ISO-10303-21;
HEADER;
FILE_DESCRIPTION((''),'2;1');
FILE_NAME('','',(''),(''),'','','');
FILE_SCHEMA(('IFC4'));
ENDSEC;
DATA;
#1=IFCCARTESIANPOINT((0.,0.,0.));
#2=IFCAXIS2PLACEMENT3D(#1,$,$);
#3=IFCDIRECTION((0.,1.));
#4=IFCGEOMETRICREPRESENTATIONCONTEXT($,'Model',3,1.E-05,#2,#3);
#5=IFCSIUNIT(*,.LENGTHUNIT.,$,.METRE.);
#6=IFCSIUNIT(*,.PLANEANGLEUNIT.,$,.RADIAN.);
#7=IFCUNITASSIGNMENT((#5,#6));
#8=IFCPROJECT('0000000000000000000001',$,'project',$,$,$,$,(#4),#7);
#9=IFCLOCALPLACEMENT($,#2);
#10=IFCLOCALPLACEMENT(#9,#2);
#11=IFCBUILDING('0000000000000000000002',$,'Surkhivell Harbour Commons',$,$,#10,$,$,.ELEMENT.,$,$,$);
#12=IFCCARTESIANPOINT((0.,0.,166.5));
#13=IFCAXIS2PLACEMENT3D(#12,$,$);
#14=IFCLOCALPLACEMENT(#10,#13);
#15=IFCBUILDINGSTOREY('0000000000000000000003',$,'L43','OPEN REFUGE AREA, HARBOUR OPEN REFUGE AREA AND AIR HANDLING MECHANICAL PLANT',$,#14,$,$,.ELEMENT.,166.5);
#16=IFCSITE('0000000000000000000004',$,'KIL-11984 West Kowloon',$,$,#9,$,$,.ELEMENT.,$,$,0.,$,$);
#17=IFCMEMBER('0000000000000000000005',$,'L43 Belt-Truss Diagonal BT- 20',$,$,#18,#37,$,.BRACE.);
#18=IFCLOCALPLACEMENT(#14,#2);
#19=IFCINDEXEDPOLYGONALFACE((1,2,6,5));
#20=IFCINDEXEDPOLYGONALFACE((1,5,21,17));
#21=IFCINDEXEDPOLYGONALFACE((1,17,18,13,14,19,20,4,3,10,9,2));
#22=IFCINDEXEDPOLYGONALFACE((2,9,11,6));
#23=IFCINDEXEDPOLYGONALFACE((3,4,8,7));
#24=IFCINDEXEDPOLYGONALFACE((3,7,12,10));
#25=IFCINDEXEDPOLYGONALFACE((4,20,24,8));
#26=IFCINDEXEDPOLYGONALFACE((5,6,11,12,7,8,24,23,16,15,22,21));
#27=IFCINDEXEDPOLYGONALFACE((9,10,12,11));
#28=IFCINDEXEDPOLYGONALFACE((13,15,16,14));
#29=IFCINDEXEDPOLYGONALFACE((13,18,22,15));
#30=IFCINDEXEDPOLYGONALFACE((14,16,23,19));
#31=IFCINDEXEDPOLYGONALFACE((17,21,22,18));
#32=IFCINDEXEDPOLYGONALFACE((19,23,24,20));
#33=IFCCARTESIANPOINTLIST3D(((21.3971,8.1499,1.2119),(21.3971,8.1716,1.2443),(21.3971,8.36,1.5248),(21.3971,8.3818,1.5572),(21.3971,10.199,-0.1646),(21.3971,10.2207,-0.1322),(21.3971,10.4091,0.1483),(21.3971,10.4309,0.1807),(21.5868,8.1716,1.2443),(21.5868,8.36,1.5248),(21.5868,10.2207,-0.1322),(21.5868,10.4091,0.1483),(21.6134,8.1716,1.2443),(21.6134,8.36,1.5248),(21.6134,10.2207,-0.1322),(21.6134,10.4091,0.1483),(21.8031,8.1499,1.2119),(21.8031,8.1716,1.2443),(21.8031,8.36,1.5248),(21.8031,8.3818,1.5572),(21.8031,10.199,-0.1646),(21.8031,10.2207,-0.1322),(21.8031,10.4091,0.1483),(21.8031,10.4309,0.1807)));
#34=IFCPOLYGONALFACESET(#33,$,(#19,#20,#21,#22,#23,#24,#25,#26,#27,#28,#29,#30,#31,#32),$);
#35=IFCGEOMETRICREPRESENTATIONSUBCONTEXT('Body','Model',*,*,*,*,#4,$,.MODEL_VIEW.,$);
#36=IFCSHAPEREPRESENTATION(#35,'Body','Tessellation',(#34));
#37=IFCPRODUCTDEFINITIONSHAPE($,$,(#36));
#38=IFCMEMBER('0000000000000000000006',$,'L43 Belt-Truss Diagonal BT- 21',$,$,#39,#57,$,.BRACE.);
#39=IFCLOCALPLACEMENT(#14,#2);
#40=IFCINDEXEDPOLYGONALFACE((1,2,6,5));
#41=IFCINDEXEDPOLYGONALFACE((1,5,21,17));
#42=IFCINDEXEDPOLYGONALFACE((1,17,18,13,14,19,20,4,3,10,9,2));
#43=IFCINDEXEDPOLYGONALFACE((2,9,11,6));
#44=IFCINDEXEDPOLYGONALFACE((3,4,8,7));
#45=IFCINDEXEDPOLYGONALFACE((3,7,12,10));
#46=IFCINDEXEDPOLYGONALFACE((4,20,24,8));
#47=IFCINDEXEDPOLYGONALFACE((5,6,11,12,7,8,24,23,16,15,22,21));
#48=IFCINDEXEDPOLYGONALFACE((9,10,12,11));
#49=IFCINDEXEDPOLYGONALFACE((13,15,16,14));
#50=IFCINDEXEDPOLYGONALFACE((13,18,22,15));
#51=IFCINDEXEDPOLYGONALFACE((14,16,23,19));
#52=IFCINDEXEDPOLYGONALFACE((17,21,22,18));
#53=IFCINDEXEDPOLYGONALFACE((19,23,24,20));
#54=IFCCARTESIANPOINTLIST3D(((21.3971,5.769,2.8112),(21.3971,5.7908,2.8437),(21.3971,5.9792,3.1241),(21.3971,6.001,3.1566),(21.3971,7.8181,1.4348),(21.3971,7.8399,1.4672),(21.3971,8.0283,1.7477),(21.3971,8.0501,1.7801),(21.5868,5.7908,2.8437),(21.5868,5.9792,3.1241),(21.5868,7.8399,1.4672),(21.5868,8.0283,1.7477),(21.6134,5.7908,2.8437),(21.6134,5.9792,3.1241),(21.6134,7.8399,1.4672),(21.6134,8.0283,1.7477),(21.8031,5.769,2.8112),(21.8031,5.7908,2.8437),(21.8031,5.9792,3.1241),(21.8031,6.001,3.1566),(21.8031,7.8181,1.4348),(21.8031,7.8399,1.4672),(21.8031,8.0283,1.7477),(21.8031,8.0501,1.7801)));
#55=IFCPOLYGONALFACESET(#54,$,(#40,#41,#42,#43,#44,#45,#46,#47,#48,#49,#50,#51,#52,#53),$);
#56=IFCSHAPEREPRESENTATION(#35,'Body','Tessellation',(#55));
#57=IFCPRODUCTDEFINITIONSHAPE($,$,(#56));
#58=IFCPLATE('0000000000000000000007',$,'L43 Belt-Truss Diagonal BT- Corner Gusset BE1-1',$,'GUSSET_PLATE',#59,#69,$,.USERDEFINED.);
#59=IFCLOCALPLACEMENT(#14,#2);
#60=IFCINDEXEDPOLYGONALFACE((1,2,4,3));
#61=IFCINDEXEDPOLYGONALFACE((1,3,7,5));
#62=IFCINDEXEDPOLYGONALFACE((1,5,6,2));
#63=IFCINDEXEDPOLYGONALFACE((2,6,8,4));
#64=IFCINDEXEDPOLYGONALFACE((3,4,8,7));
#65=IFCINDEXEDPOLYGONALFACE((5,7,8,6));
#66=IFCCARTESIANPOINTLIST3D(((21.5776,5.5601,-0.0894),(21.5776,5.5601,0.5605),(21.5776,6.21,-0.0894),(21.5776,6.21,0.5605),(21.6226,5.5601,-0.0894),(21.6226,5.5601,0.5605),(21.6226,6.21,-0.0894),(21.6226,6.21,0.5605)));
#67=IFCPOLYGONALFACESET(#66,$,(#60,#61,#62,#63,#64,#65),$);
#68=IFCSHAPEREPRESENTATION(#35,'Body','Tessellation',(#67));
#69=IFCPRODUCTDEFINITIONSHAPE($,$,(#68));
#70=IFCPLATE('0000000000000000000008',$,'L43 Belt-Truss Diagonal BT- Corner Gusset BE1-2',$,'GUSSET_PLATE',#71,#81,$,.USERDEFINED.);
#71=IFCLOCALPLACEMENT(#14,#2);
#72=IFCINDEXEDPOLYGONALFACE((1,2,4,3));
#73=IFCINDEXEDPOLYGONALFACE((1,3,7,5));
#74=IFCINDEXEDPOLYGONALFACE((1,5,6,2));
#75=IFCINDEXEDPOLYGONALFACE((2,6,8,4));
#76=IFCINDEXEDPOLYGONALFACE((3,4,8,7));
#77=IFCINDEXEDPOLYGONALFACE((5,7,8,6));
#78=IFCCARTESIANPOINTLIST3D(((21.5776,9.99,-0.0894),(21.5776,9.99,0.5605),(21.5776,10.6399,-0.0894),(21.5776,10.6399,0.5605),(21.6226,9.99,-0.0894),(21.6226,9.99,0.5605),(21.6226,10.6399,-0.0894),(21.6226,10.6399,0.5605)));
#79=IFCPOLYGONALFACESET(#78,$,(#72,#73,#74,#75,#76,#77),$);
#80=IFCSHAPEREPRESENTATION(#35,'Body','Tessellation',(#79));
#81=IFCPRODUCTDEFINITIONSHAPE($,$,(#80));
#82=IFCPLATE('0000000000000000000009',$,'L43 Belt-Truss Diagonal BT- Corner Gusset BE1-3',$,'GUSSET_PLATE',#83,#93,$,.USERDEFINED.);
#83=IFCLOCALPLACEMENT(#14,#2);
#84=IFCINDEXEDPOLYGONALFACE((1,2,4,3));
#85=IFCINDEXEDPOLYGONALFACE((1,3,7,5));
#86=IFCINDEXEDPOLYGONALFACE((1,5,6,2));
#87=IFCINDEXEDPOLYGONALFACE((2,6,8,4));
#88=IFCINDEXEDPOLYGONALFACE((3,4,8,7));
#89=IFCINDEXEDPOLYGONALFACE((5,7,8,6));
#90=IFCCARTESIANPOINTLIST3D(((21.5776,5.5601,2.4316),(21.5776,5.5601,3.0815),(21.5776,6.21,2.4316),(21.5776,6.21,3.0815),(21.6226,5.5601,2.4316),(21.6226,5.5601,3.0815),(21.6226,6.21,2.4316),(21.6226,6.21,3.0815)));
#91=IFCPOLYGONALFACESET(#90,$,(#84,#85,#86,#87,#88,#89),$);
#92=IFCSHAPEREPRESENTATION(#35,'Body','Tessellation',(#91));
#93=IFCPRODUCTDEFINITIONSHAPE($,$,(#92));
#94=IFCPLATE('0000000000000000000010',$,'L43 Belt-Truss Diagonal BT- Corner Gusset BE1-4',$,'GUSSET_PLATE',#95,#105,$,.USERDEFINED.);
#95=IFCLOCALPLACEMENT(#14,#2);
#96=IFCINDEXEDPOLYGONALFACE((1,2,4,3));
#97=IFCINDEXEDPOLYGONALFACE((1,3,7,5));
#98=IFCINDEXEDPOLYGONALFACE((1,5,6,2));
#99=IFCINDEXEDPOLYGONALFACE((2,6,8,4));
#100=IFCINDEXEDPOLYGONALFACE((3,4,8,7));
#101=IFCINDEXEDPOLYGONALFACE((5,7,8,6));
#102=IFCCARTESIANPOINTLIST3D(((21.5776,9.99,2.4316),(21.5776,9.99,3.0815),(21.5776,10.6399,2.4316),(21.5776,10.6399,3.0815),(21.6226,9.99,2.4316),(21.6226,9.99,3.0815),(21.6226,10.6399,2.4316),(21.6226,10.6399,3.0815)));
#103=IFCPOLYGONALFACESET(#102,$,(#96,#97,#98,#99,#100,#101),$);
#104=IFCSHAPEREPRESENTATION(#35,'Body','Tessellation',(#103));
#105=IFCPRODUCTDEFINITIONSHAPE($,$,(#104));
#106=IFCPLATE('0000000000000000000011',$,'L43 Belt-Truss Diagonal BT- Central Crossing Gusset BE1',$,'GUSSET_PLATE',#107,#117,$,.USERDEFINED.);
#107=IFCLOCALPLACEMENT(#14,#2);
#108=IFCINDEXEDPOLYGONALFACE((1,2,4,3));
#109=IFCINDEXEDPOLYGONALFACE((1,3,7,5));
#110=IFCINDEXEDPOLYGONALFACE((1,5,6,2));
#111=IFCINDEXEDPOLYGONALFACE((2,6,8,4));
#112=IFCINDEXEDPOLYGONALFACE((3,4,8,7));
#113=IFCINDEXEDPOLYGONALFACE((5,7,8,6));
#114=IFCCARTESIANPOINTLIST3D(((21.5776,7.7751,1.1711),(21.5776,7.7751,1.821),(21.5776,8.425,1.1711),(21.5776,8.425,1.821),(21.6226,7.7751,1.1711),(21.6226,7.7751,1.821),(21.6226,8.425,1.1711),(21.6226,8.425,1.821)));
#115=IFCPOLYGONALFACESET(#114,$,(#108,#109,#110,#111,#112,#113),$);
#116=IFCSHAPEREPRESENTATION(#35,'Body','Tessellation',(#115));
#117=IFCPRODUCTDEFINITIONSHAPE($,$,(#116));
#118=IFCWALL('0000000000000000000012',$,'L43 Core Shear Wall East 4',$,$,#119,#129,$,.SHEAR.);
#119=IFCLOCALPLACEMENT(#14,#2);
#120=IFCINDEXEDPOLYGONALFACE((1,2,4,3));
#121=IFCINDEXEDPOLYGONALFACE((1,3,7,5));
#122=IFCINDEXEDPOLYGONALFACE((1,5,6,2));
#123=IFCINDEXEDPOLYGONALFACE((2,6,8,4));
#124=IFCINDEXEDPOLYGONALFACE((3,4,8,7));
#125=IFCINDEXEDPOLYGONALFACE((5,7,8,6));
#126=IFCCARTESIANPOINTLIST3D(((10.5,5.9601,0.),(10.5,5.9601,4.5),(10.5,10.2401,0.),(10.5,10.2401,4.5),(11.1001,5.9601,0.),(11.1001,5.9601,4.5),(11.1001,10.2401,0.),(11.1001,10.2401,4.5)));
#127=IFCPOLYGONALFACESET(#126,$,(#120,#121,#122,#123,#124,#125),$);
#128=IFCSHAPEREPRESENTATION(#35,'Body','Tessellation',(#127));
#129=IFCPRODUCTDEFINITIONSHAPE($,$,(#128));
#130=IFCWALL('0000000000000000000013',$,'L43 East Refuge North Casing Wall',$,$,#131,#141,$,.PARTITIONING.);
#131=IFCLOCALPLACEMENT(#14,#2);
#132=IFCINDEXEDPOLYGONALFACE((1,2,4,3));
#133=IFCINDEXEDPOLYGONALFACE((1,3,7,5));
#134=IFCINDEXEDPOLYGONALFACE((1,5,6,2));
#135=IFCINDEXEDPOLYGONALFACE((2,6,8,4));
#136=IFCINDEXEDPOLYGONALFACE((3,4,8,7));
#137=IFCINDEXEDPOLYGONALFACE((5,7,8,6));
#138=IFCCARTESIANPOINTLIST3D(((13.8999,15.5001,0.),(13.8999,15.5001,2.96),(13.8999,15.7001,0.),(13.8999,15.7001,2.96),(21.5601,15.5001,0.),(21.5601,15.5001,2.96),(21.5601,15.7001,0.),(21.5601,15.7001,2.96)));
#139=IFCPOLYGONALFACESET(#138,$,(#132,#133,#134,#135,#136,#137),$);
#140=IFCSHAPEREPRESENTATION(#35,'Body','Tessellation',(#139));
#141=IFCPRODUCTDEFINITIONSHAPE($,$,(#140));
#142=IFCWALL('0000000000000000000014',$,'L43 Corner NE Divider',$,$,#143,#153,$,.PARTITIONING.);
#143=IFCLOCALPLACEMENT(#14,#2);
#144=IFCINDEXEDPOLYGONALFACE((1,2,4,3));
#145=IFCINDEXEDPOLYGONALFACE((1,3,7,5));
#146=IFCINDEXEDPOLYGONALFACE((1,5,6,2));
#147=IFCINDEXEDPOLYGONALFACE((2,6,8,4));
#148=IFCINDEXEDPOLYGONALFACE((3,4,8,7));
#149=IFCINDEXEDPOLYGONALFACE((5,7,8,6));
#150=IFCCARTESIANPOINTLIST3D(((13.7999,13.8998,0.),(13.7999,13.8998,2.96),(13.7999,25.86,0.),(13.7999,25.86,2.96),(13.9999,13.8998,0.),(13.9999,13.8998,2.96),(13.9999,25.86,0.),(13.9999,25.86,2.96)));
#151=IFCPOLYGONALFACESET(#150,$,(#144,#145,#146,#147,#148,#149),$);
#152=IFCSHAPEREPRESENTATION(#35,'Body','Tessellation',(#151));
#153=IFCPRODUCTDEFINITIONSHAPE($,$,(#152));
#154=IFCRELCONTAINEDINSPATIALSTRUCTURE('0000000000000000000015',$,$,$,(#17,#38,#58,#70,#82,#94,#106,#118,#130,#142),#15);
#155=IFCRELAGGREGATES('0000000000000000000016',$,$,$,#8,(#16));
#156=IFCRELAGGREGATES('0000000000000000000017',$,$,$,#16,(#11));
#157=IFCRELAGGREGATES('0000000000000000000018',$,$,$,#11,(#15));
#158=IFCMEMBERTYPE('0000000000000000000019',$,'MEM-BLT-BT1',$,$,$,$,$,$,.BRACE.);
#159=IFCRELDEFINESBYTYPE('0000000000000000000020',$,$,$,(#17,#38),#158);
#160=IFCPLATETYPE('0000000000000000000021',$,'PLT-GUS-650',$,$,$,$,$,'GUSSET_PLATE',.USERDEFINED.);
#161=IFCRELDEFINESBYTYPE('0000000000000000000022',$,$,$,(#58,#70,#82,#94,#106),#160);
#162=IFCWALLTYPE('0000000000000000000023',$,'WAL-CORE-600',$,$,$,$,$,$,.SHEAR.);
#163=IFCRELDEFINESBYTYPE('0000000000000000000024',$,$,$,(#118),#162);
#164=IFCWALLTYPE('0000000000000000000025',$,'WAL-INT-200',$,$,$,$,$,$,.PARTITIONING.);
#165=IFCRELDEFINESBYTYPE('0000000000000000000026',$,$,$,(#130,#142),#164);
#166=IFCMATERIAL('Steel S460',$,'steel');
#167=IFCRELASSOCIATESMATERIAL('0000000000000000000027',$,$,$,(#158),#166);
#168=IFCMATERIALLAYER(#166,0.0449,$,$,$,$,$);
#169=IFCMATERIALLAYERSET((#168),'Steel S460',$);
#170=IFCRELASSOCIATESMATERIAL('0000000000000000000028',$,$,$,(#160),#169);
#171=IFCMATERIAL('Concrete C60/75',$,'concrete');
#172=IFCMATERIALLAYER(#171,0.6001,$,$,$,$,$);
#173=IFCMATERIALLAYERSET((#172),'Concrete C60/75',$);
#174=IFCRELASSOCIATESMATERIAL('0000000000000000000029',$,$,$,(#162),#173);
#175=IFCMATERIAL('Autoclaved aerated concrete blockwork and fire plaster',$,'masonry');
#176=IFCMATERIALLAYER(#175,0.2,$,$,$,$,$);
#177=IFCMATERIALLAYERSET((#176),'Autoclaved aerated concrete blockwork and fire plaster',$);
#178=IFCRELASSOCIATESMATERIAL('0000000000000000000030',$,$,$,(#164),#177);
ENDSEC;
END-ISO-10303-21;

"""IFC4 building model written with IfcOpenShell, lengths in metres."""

from ifc_helpers import new_model, si_unit, direction, frame, frame_2d, origin, origin_2d, place, context, subcontext, project, spatial, rectangle, i_section, extrude, material, layer, layer_set, material_profile, profile_set, type_object, element, save


model = new_model("IFC4")

# Units and contexts
model_context = context("Model", 3, precision=1e-05, world=origin(), true_north=direction((0.0, 1.0)))
body_context = subcontext(model_context, "Body", "Model", "MODEL_VIEW")
ifc_project = project(units=[si_unit("LENGTHUNIT", "METRE"), si_unit("PLANEANGLEUNIT", "RADIAN")], contexts=[model_context])

# Site, building, storey
site_placement = place(None, origin())
site = spatial("IfcSite", under=ifc_project, at=site_placement, Name="KIL-11984 West Kowloon", CompositionType="ELEMENT", RefElevation=0.0)
building_placement = place(site_placement, origin())
building = spatial("IfcBuilding", under=site, at=building_placement, Name="Surkhivell Harbour Commons", CompositionType="ELEMENT")
storey_placement = place(building_placement, frame((0.0, 0.0, 166.5)))
storey = spatial("IfcBuildingStorey", under=building, at=storey_placement, Name="L43", Description="OPEN REFUGE AREA, HARBOUR OPEN REFUGE AREA AND AIR HANDLING MECHANICAL PLANT", CompositionType="ELEMENT", Elevation=166.5)

# Shared definitions
ifc_material_1 = material(Name="Concrete C60/75", Category="concrete")

# Shared definitions
ifc_material_2 = material(Name="Steel S460", Category="steel")

# Members
ifc_material_profile_1 = material_profile(ifc_material_2, i_section(OverallWidth=0.406, OverallDepth=0.416, WebThickness=0.0266, FlangeThickness=0.0391, at=origin_2d()), Name="HD400x382")
ifc_profile_set_1 = profile_set([ifc_material_profile_1], Name="Steel S460")
member_type = type_object("IfcMemberType", Name="MEM-BLT-BT1", PredefinedType="BRACE", material=ifc_profile_set_1)
for number, where, z_axis, x_axis, name in (
    (1, (21.6001, 10.3149, 0.0081), (0.0, -0.830098, 0.557618), (1.0, 0.0, 0.0), "L43 Belt-Truss Diagonal BT- 20"),
    (2, (21.6001, 7.9341, 1.6074), (0.0, -0.830098, 0.557618), (1.0, 0.0, 0.0), "L43 Belt-Truss Diagonal BT- 21"),
):
    element("IfcMember", number, at=place(storey_placement, frame(where, z_axis=z_axis, x_axis=x_axis)), inside=storey, type_object=member_type, Name=name, PredefinedType="BRACE", context=body_context, shape_type="SweptSolid", body=[
        extrude(i_section(OverallWidth=0.406, OverallDepth=0.416, WebThickness=0.0266, FlangeThickness=0.0391, at=origin_2d()), origin(), (0.0, 0.0, 1.0), 2.4685),
    ])

# Plates
ifc_layer_1 = layer(ifc_material_2, 0.0449)
ifc_layer_set_1 = layer_set([ifc_layer_1], Name="Steel S460")
plate_type = type_object("IfcPlateType", Name="PLT-GUS-650", ElementType="GUSSET_PLATE", PredefinedType="USERDEFINED", material=ifc_layer_set_1)
for number, where, z_axis, x_axis, name in (
    (3, (21.6001, 5.885, -0.0894), (0.0, 0.0, 1.0), (0.0, 1.0, 0.0), "L43 Belt-Truss Diagonal BT- Corner Gusset BE1-1"),
    (4, (21.6001, 10.3149, -0.0894), (0.0, 0.0, 1.0), (0.0, 1.0, 0.0), "L43 Belt-Truss Diagonal BT- Corner Gusset BE1-2"),
    (5, (21.6001, 5.885, 2.4316), (0.0, 0.0, 1.0), (0.0, 1.0, 0.0), "L43 Belt-Truss Diagonal BT- Corner Gusset BE1-3"),
    (6, (21.6001, 10.3149, 2.4316), (0.0, 0.0, 1.0), (0.0, 1.0, 0.0), "L43 Belt-Truss Diagonal BT- Corner Gusset BE1-4"),
    (7, (21.6001, 8.1001, 1.1711), (0.0, 0.0, 1.0), (0.0, 1.0, 0.0), "L43 Belt-Truss Diagonal BT- Central Crossing Gusset BE1"),
):
    element("IfcPlate", number, at=place(storey_placement, frame(where, z_axis=z_axis, x_axis=x_axis)), inside=storey, type_object=plate_type, Name=name, ObjectType="GUSSET_PLATE", PredefinedType="USERDEFINED", context=body_context, shape_type="SweptSolid", body=[
        extrude(rectangle(XDim=0.6499, YDim=0.0449, at=origin_2d()), origin(), (0.0, 0.0, 1.0), 0.6499),
    ])

# Walls
ifc_layer_2 = layer(ifc_material_1, 0.6001)
ifc_layer_set_2 = layer_set([ifc_layer_2], Name="Concrete C60/75")
wall_type_1 = type_object("IfcWallType", Name="WAL-CORE-600", PredefinedType="SHEAR", material=ifc_layer_set_2)
wall_1_placement = place(storey_placement, frame((10.8, 5.96, 0.0), z_axis=(0.0, 0.0, 1.0), x_axis=(0.0, 1.0, 0.0)))
element("IfcWall", 8, at=wall_1_placement, inside=storey, type_object=wall_type_1, Name="L43 Core Shear Wall East 4", PredefinedType="SHEAR", context=body_context, shape_type="SweptSolid", body=[
    extrude(rectangle(XDim=4.28, YDim=0.6001, at=frame_2d((2.1401, 0.0))), origin(), (0.0, 0.0, 1.0), 4.5),
])
ifc_material_3 = material(Name="Autoclaved aerated concrete blockwork and fire plaster", Category="masonry")
ifc_layer_3 = layer(ifc_material_3, 0.2)
ifc_layer_set_3 = layer_set([ifc_layer_3], Name="Autoclaved aerated concrete blockwork and fire plaster")
wall_type_2 = type_object("IfcWallType", Name="WAL-INT-200", PredefinedType="PARTITIONING", material=ifc_layer_set_3)
wall_2_placement = place(storey_placement, frame((13.8999, 15.6001, 0.0), z_axis=(0.0, 0.0, 1.0), x_axis=(1.0, 0.0, 0.0)))
element("IfcWall", 9, at=wall_2_placement, inside=storey, type_object=wall_type_2, Name="L43 East Refuge North Casing Wall", PredefinedType="PARTITIONING", context=body_context, shape_type="SweptSolid", body=[
    extrude(rectangle(XDim=7.6602, YDim=0.2, at=frame_2d((3.8301, 0.0))), origin(), (0.0, 0.0, 1.0), 2.96),
])
wall_3_placement = place(storey_placement, frame((13.8999, 13.8999, 0.0), z_axis=(0.0, 0.0, 1.0), x_axis=(0.0, 1.0, 0.0)))
element("IfcWall", 10, at=wall_3_placement, inside=storey, type_object=wall_type_2, Name="L43 Corner NE Divider", PredefinedType="PARTITIONING", context=body_context, shape_type="SweptSolid", body=[
    extrude(rectangle(XDim=11.9602, YDim=0.2, at=frame_2d((5.98, 0.0))), origin(), (0.0, 0.0, 1.0), 2.96),
])

save(model, "model.ifc")
